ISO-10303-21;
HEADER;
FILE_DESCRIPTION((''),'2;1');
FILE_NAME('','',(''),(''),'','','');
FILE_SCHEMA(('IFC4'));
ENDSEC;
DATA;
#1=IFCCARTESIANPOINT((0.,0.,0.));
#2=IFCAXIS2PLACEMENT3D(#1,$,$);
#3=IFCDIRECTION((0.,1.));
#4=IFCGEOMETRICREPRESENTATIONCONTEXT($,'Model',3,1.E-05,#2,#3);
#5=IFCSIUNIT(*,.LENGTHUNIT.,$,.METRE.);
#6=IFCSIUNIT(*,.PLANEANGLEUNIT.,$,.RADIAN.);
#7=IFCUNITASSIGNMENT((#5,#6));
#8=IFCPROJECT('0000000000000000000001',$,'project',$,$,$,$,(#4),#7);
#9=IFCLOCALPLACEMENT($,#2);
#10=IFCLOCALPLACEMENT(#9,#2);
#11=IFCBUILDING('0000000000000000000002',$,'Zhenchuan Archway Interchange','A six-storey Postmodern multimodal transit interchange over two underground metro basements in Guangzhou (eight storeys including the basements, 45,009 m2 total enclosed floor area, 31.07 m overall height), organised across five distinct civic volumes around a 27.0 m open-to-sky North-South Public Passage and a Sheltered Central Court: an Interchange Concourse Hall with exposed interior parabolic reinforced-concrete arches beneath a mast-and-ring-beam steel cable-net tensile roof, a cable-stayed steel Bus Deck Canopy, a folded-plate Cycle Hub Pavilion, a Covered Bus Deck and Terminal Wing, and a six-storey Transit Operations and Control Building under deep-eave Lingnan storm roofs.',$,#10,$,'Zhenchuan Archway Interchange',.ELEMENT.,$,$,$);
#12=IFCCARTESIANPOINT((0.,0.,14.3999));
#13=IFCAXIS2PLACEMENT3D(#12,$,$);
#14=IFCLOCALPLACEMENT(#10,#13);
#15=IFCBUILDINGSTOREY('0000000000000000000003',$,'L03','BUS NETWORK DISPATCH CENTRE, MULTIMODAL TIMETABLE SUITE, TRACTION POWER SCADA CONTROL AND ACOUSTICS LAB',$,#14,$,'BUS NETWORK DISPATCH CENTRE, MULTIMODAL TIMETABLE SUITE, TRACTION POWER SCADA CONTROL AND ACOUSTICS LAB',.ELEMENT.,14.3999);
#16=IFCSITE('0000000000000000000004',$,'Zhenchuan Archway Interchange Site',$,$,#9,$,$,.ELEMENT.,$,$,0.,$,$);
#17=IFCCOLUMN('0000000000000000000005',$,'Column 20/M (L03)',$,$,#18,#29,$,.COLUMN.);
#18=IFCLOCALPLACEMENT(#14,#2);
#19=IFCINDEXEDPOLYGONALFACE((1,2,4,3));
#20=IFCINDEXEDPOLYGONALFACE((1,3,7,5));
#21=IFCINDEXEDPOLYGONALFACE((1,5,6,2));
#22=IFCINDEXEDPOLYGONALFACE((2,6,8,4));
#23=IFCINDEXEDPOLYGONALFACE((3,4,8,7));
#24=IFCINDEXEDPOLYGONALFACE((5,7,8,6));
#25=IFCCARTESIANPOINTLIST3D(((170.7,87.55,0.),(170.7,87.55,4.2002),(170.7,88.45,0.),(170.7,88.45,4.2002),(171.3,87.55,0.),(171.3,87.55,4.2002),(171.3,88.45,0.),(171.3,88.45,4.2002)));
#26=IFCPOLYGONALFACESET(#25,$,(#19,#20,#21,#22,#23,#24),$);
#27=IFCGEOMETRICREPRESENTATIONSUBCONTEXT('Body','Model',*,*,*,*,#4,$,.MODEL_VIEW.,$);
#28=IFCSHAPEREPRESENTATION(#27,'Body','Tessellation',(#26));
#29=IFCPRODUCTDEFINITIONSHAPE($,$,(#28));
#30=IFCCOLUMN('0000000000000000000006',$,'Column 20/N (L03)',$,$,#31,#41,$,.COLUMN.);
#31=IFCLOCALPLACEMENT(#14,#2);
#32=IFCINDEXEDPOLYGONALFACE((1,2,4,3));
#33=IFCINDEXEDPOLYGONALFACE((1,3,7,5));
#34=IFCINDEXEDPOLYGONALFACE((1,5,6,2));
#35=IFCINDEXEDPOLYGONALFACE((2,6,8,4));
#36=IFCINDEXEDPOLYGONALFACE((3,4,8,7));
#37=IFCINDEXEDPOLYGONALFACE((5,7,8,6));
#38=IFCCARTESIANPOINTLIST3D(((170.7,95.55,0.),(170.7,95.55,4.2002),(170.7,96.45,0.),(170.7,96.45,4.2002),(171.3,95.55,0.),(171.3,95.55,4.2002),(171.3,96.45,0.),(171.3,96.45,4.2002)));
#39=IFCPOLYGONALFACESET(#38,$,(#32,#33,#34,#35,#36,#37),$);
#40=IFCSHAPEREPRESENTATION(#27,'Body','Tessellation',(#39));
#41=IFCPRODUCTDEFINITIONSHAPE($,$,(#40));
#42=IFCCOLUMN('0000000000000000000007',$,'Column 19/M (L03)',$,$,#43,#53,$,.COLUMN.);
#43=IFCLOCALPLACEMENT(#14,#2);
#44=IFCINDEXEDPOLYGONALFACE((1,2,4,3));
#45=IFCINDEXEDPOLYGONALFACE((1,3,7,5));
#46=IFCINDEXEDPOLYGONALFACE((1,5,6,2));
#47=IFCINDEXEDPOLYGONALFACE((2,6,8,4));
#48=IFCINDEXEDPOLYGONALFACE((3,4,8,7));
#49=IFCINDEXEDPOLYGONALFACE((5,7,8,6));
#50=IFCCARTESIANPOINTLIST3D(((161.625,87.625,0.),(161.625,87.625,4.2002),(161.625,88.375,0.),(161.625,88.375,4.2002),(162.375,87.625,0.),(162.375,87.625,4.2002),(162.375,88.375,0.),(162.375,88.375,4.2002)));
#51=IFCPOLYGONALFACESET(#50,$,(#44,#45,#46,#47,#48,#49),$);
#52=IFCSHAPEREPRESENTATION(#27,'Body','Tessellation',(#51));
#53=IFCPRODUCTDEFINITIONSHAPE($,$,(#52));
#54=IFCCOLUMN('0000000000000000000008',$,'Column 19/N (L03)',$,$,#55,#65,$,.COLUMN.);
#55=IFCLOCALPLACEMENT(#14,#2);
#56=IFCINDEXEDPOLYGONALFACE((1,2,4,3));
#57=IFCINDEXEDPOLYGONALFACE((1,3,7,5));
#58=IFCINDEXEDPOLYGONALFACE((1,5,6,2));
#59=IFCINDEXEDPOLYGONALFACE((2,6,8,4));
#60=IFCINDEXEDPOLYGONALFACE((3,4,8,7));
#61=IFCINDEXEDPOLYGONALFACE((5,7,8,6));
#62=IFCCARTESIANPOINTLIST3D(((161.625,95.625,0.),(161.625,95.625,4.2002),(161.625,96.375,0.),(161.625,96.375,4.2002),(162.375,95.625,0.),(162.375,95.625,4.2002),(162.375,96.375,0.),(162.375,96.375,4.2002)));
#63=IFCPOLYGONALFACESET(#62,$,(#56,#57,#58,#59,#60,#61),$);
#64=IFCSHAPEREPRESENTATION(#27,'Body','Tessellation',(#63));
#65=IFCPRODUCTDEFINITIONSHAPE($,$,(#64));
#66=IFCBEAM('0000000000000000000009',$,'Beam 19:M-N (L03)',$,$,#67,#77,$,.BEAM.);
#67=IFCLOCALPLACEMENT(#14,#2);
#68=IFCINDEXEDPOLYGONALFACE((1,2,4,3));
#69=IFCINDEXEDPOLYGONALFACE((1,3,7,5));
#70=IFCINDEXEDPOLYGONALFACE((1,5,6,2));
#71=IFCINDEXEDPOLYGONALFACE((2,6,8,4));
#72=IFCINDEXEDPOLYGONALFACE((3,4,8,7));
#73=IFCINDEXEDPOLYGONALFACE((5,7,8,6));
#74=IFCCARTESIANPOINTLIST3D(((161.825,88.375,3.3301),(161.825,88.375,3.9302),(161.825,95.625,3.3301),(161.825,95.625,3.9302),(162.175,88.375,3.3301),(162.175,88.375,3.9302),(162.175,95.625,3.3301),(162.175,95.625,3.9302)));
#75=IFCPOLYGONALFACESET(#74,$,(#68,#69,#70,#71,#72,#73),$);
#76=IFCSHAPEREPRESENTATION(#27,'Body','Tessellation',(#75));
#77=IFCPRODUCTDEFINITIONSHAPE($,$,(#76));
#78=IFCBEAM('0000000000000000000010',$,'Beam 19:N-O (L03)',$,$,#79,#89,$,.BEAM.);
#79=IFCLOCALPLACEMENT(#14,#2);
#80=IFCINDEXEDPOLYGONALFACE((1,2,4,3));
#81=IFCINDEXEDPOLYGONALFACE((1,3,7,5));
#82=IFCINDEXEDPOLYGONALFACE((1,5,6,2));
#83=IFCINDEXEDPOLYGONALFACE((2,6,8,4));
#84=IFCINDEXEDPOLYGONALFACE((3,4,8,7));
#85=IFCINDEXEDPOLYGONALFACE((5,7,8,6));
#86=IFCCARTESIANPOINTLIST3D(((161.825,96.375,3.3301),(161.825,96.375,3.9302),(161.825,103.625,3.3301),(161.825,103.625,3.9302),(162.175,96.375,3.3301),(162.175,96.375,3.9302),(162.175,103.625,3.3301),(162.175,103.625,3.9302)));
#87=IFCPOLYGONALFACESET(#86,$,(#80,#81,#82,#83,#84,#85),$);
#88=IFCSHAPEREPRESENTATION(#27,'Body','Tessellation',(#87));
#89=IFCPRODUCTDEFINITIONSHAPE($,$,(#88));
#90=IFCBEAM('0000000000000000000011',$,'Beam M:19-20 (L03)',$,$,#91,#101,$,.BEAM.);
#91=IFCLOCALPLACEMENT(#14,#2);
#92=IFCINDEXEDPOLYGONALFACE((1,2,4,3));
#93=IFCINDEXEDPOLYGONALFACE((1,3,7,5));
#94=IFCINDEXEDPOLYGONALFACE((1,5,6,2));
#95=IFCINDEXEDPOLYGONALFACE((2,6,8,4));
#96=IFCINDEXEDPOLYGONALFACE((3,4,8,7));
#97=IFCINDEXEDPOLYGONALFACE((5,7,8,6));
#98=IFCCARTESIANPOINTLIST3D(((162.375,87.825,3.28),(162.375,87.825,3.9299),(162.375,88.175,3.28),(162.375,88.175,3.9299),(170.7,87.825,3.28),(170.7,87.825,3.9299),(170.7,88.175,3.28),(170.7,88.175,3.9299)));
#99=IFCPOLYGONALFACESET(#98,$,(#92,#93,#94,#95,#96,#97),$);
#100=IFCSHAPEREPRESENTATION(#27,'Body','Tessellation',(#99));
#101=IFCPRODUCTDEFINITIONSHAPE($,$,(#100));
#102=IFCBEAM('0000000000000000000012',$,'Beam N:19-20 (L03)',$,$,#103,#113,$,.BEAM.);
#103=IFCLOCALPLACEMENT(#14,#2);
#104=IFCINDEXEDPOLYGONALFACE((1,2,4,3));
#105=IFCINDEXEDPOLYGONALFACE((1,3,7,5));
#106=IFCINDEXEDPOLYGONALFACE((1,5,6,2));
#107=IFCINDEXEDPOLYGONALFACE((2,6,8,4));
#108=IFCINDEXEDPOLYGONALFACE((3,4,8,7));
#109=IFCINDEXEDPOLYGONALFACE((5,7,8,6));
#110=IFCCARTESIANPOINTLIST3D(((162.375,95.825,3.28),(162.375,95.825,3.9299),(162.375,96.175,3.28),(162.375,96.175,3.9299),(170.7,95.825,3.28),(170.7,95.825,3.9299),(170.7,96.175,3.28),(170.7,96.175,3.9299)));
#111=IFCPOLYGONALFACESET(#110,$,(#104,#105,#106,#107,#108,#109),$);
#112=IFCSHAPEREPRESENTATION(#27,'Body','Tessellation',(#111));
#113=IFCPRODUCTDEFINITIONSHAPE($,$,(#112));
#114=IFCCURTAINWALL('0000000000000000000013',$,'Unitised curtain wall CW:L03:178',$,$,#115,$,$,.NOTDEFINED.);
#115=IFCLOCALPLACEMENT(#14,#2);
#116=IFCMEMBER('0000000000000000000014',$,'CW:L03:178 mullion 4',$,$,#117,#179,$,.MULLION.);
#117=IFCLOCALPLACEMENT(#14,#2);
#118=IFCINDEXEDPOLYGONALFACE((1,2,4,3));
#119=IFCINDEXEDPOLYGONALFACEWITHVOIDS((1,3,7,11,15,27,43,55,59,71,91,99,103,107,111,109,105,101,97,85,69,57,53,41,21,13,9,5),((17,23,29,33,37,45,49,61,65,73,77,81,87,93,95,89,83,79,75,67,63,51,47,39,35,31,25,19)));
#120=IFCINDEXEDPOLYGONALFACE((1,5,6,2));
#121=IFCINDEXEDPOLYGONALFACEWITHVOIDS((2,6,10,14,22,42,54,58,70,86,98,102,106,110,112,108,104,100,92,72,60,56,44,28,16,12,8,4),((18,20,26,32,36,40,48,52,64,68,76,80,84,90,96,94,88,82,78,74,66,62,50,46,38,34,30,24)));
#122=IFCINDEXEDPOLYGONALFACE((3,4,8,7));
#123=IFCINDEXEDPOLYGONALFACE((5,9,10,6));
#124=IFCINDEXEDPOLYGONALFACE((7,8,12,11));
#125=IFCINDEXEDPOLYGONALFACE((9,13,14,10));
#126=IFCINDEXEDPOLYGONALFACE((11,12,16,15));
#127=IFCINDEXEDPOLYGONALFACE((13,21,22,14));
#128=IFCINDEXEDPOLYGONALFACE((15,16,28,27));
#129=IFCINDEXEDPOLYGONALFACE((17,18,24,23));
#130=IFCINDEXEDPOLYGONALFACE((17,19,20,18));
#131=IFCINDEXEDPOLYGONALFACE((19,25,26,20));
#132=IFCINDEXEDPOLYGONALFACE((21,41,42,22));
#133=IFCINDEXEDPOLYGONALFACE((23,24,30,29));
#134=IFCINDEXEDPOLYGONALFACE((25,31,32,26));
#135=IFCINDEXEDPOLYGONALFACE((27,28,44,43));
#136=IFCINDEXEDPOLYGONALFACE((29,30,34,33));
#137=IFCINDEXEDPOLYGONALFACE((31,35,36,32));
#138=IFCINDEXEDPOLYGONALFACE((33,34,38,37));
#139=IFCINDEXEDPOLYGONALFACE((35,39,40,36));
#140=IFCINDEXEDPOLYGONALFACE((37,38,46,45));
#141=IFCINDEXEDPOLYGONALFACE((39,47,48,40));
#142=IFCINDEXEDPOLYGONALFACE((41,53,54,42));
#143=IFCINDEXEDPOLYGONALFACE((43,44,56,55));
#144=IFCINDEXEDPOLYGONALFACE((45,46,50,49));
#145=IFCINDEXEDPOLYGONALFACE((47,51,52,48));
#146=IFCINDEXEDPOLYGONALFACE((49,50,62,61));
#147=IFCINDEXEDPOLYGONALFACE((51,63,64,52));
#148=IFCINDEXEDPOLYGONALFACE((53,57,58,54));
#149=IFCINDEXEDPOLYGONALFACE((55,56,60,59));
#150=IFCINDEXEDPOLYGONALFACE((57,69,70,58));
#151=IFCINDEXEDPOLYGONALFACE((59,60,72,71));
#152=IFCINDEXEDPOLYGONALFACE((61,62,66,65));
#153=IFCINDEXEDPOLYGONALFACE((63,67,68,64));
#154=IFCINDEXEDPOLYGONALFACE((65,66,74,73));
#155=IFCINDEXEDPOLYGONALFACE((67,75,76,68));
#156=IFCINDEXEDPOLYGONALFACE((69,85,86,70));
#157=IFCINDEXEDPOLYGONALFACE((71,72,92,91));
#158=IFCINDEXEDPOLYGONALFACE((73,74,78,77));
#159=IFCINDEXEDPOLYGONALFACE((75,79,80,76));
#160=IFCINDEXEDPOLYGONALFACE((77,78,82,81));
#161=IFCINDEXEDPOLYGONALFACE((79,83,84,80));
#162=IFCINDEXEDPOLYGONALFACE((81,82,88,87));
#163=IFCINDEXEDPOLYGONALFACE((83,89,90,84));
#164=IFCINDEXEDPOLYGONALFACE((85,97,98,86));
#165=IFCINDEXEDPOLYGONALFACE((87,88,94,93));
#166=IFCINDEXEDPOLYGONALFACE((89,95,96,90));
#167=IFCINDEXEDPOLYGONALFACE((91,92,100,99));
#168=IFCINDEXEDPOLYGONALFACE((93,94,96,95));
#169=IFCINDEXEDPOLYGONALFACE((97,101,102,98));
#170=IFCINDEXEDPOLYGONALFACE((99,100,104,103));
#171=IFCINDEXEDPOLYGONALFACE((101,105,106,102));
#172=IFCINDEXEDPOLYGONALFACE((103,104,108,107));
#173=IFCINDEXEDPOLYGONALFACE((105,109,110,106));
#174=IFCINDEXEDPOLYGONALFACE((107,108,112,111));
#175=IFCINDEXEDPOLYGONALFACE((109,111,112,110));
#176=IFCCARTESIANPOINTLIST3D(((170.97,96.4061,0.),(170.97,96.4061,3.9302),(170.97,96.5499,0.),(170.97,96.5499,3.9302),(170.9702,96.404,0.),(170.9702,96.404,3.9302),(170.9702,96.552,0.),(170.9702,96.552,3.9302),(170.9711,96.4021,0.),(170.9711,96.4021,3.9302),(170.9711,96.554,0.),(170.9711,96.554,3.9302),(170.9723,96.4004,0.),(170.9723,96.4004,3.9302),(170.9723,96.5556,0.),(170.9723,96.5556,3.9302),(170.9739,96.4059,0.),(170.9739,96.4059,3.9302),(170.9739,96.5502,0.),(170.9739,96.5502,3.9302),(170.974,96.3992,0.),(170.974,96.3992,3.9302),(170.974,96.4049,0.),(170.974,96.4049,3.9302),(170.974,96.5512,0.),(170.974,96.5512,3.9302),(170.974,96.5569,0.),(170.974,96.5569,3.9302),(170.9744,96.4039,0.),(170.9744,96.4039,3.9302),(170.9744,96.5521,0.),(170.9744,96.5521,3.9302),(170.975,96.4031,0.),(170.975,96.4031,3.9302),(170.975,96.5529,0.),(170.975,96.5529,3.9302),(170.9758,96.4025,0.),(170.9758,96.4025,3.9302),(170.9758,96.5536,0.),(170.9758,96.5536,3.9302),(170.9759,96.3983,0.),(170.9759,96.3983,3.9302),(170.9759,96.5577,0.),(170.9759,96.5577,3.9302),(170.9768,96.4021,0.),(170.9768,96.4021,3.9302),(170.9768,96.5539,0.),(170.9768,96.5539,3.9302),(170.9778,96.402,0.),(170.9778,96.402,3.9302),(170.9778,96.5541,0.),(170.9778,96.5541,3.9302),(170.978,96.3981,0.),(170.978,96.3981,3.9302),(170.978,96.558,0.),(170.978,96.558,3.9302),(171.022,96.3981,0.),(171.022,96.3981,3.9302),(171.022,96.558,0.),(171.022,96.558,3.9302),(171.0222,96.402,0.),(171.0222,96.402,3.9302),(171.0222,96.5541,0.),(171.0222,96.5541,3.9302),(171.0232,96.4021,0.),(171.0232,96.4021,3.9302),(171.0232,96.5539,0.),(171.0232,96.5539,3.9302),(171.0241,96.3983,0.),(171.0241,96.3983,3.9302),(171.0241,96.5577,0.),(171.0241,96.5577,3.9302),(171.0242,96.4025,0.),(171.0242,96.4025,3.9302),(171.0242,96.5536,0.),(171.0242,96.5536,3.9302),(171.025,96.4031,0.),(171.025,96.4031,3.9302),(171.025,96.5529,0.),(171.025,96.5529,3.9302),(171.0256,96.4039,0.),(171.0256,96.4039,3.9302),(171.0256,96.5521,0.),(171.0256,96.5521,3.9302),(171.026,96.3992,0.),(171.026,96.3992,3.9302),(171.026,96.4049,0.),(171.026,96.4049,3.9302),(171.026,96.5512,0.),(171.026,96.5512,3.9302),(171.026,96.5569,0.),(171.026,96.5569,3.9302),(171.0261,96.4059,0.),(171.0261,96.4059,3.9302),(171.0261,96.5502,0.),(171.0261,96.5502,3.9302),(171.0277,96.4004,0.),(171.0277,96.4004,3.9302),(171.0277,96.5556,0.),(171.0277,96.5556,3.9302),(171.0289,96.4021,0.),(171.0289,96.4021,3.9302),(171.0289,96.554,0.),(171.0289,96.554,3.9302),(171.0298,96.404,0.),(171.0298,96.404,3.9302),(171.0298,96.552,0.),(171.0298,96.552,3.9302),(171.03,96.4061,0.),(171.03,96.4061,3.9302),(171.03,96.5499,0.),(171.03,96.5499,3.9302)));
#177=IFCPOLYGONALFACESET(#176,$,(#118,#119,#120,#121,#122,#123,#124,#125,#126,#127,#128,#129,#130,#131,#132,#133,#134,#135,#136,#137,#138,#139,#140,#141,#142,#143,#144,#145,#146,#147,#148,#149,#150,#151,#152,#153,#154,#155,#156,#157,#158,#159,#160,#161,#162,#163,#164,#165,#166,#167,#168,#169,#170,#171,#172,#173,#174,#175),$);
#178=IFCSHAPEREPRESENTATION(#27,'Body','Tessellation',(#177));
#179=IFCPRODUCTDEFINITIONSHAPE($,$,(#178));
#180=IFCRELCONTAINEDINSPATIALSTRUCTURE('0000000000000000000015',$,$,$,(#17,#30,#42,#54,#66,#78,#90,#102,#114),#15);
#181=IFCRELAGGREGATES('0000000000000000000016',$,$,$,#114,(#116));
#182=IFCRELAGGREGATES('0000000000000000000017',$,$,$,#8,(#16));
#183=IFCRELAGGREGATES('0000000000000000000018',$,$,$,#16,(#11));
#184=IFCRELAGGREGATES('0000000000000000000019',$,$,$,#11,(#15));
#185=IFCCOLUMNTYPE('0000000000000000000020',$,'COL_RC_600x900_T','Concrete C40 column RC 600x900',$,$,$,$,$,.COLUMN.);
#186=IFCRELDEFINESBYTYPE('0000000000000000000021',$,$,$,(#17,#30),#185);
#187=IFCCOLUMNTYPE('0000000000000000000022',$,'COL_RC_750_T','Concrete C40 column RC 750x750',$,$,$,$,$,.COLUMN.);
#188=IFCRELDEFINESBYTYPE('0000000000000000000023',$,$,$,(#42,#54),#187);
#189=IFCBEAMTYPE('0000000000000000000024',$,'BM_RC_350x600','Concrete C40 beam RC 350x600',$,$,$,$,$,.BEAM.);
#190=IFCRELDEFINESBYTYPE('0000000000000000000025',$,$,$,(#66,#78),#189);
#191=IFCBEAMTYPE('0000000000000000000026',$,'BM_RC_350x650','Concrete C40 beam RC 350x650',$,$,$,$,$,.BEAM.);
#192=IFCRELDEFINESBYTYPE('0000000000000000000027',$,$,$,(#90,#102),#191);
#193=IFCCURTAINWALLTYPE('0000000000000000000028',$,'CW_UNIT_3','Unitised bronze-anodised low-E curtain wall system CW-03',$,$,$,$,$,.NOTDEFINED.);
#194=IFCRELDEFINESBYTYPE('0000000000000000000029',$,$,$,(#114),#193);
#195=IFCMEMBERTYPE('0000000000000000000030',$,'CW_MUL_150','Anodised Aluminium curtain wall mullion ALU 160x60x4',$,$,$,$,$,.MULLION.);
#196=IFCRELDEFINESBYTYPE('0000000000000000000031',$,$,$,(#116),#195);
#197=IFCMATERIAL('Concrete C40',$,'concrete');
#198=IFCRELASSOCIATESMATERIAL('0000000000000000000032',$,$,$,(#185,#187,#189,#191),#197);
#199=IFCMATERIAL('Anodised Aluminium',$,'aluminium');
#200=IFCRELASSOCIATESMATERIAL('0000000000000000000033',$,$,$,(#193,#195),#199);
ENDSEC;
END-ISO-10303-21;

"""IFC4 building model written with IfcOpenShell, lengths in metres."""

from ifc_helpers import new_model, si_unit, direction, frame, origin, origin_2d, place, context, subcontext, project, spatial, rectangle, hollow_rectangle, extrude, material, material_profile, profile_set, type_object, element, aggregate, save


model = new_model("IFC4")

# Units and contexts
model_context = context("Model", 3, precision=1e-05, world=origin(), true_north=direction((0.0, 1.0)))
body_context = subcontext(model_context, "Body", "Model", "MODEL_VIEW")
ifc_project = project(units=[si_unit("LENGTHUNIT", "METRE"), si_unit("PLANEANGLEUNIT", "RADIAN")], contexts=[model_context])

# Site, building, storey
site_placement = place(None, origin())
site = spatial("IfcSite", under=ifc_project, at=site_placement, Name="Zhenchuan Archway Interchange Site", CompositionType="ELEMENT", RefElevation=0.0)
building_placement = place(site_placement, origin())
building = spatial("IfcBuilding", under=site, at=building_placement, Name="Zhenchuan Archway Interchange", Description="A six-storey Postmodern multimodal transit interchange over two underground metro basements in Guangzhou (eight storeys including the basements, 45,009 m2 total enclosed floor area, 31.07 m overall height), organised across five distinct civic volumes around a 27.0 m open-to-sky North-South Public Passage and a Sheltered Central Court: an Interchange Concourse Hall with exposed interior parabolic reinforced-concrete arches beneath a mast-and-ring-beam steel cable-net tensile roof, a cable-stayed steel Bus Deck Canopy, a folded-plate Cycle Hub Pavilion, a Covered Bus Deck and Terminal Wing, and a six-storey Transit Operations and Control Building under deep-eave Lingnan storm roofs.", LongName="Zhenchuan Archway Interchange", CompositionType="ELEMENT")
storey_placement = place(building_placement, frame((0.0, 0.0, 14.3999)))
storey = spatial("IfcBuildingStorey", under=building, at=storey_placement, Name="L03", Description="BUS NETWORK DISPATCH CENTRE, MULTIMODAL TIMETABLE SUITE, TRACTION POWER SCADA CONTROL AND ACOUSTICS LAB", LongName="BUS NETWORK DISPATCH CENTRE, MULTIMODAL TIMETABLE SUITE, TRACTION POWER SCADA CONTROL AND ACOUSTICS LAB", CompositionType="ELEMENT", Elevation=14.3999)

# Columns
ifc_material_1 = material(Name="Concrete C40", Category="concrete")
ifc_material_profile_1 = material_profile(ifc_material_1, rectangle(XDim=0.6001, YDim=0.8999, at=origin_2d()), Name="RC 600x900")
ifc_profile_set_1 = profile_set([ifc_material_profile_1], Name="Concrete C40")
column_type_1 = type_object("IfcColumnType", Name="COL_RC_600x900_T", Description="Concrete C40 column RC 600x900", PredefinedType="COLUMN", material=ifc_profile_set_1)
for number, where, z_axis, x_axis, name in (
    (1, (171.0, 88.0, 0.0), (0.0, 0.0, 1.0), (1.0, 0.0, 0.0), "Column 20/M (L03)"),
    (2, (171.0, 96.0, 0.0), (0.0, 0.0, 1.0), (1.0, 0.0, 0.0), "Column 20/N (L03)"),
):
    element("IfcColumn", number, at=place(storey_placement, frame(where, z_axis=z_axis, x_axis=x_axis)), inside=storey, type_object=column_type_1, Name=name, PredefinedType="COLUMN", context=body_context, shape_type="SweptSolid", body=[
        extrude(rectangle(XDim=0.6001, YDim=0.8999, at=origin_2d()), origin(), (0.0, 0.0, 1.0), 4.2002),
    ])
ifc_material_profile_2 = material_profile(ifc_material_1, rectangle(XDim=0.75, YDim=0.75, at=origin_2d()), Name="RC 750x750")
ifc_profile_set_2 = profile_set([ifc_material_profile_2], Name="Concrete C40")
column_type_2 = type_object("IfcColumnType", Name="COL_RC_750_T", Description="Concrete C40 column RC 750x750", PredefinedType="COLUMN", material=ifc_profile_set_2)
for number, where, z_axis, x_axis, name in (
    (3, (162.0, 88.0, 0.0), (0.0, 0.0, 1.0), (1.0, 0.0, 0.0), "Column 19/M (L03)"),
    (4, (162.0, 96.0, 0.0), (0.0, 0.0, 1.0), (1.0, 0.0, 0.0), "Column 19/N (L03)"),
):
    element("IfcColumn", number, at=place(storey_placement, frame(where, z_axis=z_axis, x_axis=x_axis)), inside=storey, type_object=column_type_2, Name=name, PredefinedType="COLUMN", context=body_context, shape_type="SweptSolid", body=[
        extrude(rectangle(XDim=0.75, YDim=0.75, at=origin_2d()), origin(), (0.0, 0.0, 1.0), 4.2002),
    ])

# Beams
ifc_material_profile_3 = material_profile(ifc_material_1, rectangle(XDim=0.3501, YDim=0.6001, at=origin_2d()), Name="RC 350x600")
ifc_profile_set_3 = profile_set([ifc_material_profile_3], Name="Concrete C40")
beam_type_1 = type_object("IfcBeamType", Name="BM_RC_350x600", Description="Concrete C40 beam RC 350x600", PredefinedType="BEAM", material=ifc_profile_set_3)
for number, where, z_axis, x_axis, name in (
    (5, (162.0, 88.375, 3.6301), (0.0, 1.0, 0.0), (-1.0, 0.0, 0.0), "Beam 19:M-N (L03)"),
    (6, (162.0, 96.375, 3.6301), (0.0, 1.0, 0.0), (-1.0, 0.0, 0.0), "Beam 19:N-O (L03)"),
):
    element("IfcBeam", number, at=place(storey_placement, frame(where, z_axis=z_axis, x_axis=x_axis)), inside=storey, type_object=beam_type_1, Name=name, PredefinedType="BEAM", context=body_context, shape_type="SweptSolid", body=[
        extrude(rectangle(XDim=0.3501, YDim=0.6001, at=origin_2d()), origin(), (0.0, 0.0, 1.0), 7.25),
    ])
ifc_material_profile_4 = material_profile(ifc_material_1, rectangle(XDim=0.3501, YDim=0.6499, at=origin_2d()), Name="RC 350x650")
ifc_profile_set_4 = profile_set([ifc_material_profile_4], Name="Concrete C40")
beam_type_2 = type_object("IfcBeamType", Name="BM_RC_350x650", Description="Concrete C40 beam RC 350x650", PredefinedType="BEAM", material=ifc_profile_set_4)
for number, where, z_axis, x_axis, name in (
    (7, (162.375, 88.0, 3.605), (1.0, 0.0, 0.0), (0.0, 1.0, 0.0), "Beam M:19-20 (L03)"),
    (8, (162.375, 96.0, 3.605), (1.0, 0.0, 0.0), (0.0, 1.0, 0.0), "Beam N:19-20 (L03)"),
):
    element("IfcBeam", number, at=place(storey_placement, frame(where, z_axis=z_axis, x_axis=x_axis)), inside=storey, type_object=beam_type_2, Name=name, PredefinedType="BEAM", context=body_context, shape_type="SweptSolid", body=[
        extrude(rectangle(XDim=0.3501, YDim=0.6499, at=origin_2d()), origin(), (0.0, 0.0, 1.0), 8.325),
    ])

# Curtain wall, member
ifc_material_2 = material(Name="Anodised Aluminium", Category="aluminium")
curtain_wall_type_1 = type_object("IfcCurtainWallType", Name="CW_UNIT_3", Description="Unitised bronze-anodised low-E curtain wall system CW-03", PredefinedType="NOTDEFINED", material=ifc_material_2)
curtain_wall_1_placement = place(storey_placement, origin())
curtain_wall_1 = element("IfcCurtainWall", 9, at=curtain_wall_1_placement, inside=storey, type_object=curtain_wall_type_1, Name="Unitised curtain wall CW:L03:178", PredefinedType="NOTDEFINED")
ifc_material_profile_5 = material_profile(ifc_material_2, hollow_rectangle(XDim=0.0601, YDim=0.1599, WallThickness=0.0039, InnerFilletRadius=0.0039, OuterFilletRadius=0.0081, at=origin_2d()), Name="ALU 160x60x4")
ifc_profile_set_5 = profile_set([ifc_material_profile_5], Name="Anodised Aluminium")
member_type_1 = type_object("IfcMemberType", Name="CW_MUL_150", Description="Anodised Aluminium curtain wall mullion ALU 160x60x4", PredefinedType="MULLION", material=ifc_profile_set_5)
member_1_placement = place(storey_placement, frame((171.0, 96.478, 0.0), z_axis=(0.0, 0.0, 1.0), x_axis=(1.0, 0.0, 0.0)))
member_1 = element("IfcMember", 10, at=member_1_placement, type_object=member_type_1, Name="CW:L03:178 mullion 4", PredefinedType="MULLION", context=body_context, shape_type="SweptSolid", body=[
    extrude(hollow_rectangle(XDim=0.0601, YDim=0.1599, WallThickness=0.0039, InnerFilletRadius=0.0039, OuterFilletRadius=0.0081, at=origin_2d()), origin(), (0.0, 0.0, 1.0), 3.9302),
])

aggregate(curtain_wall_1, [member_1])

save(model, "model.ifc")
